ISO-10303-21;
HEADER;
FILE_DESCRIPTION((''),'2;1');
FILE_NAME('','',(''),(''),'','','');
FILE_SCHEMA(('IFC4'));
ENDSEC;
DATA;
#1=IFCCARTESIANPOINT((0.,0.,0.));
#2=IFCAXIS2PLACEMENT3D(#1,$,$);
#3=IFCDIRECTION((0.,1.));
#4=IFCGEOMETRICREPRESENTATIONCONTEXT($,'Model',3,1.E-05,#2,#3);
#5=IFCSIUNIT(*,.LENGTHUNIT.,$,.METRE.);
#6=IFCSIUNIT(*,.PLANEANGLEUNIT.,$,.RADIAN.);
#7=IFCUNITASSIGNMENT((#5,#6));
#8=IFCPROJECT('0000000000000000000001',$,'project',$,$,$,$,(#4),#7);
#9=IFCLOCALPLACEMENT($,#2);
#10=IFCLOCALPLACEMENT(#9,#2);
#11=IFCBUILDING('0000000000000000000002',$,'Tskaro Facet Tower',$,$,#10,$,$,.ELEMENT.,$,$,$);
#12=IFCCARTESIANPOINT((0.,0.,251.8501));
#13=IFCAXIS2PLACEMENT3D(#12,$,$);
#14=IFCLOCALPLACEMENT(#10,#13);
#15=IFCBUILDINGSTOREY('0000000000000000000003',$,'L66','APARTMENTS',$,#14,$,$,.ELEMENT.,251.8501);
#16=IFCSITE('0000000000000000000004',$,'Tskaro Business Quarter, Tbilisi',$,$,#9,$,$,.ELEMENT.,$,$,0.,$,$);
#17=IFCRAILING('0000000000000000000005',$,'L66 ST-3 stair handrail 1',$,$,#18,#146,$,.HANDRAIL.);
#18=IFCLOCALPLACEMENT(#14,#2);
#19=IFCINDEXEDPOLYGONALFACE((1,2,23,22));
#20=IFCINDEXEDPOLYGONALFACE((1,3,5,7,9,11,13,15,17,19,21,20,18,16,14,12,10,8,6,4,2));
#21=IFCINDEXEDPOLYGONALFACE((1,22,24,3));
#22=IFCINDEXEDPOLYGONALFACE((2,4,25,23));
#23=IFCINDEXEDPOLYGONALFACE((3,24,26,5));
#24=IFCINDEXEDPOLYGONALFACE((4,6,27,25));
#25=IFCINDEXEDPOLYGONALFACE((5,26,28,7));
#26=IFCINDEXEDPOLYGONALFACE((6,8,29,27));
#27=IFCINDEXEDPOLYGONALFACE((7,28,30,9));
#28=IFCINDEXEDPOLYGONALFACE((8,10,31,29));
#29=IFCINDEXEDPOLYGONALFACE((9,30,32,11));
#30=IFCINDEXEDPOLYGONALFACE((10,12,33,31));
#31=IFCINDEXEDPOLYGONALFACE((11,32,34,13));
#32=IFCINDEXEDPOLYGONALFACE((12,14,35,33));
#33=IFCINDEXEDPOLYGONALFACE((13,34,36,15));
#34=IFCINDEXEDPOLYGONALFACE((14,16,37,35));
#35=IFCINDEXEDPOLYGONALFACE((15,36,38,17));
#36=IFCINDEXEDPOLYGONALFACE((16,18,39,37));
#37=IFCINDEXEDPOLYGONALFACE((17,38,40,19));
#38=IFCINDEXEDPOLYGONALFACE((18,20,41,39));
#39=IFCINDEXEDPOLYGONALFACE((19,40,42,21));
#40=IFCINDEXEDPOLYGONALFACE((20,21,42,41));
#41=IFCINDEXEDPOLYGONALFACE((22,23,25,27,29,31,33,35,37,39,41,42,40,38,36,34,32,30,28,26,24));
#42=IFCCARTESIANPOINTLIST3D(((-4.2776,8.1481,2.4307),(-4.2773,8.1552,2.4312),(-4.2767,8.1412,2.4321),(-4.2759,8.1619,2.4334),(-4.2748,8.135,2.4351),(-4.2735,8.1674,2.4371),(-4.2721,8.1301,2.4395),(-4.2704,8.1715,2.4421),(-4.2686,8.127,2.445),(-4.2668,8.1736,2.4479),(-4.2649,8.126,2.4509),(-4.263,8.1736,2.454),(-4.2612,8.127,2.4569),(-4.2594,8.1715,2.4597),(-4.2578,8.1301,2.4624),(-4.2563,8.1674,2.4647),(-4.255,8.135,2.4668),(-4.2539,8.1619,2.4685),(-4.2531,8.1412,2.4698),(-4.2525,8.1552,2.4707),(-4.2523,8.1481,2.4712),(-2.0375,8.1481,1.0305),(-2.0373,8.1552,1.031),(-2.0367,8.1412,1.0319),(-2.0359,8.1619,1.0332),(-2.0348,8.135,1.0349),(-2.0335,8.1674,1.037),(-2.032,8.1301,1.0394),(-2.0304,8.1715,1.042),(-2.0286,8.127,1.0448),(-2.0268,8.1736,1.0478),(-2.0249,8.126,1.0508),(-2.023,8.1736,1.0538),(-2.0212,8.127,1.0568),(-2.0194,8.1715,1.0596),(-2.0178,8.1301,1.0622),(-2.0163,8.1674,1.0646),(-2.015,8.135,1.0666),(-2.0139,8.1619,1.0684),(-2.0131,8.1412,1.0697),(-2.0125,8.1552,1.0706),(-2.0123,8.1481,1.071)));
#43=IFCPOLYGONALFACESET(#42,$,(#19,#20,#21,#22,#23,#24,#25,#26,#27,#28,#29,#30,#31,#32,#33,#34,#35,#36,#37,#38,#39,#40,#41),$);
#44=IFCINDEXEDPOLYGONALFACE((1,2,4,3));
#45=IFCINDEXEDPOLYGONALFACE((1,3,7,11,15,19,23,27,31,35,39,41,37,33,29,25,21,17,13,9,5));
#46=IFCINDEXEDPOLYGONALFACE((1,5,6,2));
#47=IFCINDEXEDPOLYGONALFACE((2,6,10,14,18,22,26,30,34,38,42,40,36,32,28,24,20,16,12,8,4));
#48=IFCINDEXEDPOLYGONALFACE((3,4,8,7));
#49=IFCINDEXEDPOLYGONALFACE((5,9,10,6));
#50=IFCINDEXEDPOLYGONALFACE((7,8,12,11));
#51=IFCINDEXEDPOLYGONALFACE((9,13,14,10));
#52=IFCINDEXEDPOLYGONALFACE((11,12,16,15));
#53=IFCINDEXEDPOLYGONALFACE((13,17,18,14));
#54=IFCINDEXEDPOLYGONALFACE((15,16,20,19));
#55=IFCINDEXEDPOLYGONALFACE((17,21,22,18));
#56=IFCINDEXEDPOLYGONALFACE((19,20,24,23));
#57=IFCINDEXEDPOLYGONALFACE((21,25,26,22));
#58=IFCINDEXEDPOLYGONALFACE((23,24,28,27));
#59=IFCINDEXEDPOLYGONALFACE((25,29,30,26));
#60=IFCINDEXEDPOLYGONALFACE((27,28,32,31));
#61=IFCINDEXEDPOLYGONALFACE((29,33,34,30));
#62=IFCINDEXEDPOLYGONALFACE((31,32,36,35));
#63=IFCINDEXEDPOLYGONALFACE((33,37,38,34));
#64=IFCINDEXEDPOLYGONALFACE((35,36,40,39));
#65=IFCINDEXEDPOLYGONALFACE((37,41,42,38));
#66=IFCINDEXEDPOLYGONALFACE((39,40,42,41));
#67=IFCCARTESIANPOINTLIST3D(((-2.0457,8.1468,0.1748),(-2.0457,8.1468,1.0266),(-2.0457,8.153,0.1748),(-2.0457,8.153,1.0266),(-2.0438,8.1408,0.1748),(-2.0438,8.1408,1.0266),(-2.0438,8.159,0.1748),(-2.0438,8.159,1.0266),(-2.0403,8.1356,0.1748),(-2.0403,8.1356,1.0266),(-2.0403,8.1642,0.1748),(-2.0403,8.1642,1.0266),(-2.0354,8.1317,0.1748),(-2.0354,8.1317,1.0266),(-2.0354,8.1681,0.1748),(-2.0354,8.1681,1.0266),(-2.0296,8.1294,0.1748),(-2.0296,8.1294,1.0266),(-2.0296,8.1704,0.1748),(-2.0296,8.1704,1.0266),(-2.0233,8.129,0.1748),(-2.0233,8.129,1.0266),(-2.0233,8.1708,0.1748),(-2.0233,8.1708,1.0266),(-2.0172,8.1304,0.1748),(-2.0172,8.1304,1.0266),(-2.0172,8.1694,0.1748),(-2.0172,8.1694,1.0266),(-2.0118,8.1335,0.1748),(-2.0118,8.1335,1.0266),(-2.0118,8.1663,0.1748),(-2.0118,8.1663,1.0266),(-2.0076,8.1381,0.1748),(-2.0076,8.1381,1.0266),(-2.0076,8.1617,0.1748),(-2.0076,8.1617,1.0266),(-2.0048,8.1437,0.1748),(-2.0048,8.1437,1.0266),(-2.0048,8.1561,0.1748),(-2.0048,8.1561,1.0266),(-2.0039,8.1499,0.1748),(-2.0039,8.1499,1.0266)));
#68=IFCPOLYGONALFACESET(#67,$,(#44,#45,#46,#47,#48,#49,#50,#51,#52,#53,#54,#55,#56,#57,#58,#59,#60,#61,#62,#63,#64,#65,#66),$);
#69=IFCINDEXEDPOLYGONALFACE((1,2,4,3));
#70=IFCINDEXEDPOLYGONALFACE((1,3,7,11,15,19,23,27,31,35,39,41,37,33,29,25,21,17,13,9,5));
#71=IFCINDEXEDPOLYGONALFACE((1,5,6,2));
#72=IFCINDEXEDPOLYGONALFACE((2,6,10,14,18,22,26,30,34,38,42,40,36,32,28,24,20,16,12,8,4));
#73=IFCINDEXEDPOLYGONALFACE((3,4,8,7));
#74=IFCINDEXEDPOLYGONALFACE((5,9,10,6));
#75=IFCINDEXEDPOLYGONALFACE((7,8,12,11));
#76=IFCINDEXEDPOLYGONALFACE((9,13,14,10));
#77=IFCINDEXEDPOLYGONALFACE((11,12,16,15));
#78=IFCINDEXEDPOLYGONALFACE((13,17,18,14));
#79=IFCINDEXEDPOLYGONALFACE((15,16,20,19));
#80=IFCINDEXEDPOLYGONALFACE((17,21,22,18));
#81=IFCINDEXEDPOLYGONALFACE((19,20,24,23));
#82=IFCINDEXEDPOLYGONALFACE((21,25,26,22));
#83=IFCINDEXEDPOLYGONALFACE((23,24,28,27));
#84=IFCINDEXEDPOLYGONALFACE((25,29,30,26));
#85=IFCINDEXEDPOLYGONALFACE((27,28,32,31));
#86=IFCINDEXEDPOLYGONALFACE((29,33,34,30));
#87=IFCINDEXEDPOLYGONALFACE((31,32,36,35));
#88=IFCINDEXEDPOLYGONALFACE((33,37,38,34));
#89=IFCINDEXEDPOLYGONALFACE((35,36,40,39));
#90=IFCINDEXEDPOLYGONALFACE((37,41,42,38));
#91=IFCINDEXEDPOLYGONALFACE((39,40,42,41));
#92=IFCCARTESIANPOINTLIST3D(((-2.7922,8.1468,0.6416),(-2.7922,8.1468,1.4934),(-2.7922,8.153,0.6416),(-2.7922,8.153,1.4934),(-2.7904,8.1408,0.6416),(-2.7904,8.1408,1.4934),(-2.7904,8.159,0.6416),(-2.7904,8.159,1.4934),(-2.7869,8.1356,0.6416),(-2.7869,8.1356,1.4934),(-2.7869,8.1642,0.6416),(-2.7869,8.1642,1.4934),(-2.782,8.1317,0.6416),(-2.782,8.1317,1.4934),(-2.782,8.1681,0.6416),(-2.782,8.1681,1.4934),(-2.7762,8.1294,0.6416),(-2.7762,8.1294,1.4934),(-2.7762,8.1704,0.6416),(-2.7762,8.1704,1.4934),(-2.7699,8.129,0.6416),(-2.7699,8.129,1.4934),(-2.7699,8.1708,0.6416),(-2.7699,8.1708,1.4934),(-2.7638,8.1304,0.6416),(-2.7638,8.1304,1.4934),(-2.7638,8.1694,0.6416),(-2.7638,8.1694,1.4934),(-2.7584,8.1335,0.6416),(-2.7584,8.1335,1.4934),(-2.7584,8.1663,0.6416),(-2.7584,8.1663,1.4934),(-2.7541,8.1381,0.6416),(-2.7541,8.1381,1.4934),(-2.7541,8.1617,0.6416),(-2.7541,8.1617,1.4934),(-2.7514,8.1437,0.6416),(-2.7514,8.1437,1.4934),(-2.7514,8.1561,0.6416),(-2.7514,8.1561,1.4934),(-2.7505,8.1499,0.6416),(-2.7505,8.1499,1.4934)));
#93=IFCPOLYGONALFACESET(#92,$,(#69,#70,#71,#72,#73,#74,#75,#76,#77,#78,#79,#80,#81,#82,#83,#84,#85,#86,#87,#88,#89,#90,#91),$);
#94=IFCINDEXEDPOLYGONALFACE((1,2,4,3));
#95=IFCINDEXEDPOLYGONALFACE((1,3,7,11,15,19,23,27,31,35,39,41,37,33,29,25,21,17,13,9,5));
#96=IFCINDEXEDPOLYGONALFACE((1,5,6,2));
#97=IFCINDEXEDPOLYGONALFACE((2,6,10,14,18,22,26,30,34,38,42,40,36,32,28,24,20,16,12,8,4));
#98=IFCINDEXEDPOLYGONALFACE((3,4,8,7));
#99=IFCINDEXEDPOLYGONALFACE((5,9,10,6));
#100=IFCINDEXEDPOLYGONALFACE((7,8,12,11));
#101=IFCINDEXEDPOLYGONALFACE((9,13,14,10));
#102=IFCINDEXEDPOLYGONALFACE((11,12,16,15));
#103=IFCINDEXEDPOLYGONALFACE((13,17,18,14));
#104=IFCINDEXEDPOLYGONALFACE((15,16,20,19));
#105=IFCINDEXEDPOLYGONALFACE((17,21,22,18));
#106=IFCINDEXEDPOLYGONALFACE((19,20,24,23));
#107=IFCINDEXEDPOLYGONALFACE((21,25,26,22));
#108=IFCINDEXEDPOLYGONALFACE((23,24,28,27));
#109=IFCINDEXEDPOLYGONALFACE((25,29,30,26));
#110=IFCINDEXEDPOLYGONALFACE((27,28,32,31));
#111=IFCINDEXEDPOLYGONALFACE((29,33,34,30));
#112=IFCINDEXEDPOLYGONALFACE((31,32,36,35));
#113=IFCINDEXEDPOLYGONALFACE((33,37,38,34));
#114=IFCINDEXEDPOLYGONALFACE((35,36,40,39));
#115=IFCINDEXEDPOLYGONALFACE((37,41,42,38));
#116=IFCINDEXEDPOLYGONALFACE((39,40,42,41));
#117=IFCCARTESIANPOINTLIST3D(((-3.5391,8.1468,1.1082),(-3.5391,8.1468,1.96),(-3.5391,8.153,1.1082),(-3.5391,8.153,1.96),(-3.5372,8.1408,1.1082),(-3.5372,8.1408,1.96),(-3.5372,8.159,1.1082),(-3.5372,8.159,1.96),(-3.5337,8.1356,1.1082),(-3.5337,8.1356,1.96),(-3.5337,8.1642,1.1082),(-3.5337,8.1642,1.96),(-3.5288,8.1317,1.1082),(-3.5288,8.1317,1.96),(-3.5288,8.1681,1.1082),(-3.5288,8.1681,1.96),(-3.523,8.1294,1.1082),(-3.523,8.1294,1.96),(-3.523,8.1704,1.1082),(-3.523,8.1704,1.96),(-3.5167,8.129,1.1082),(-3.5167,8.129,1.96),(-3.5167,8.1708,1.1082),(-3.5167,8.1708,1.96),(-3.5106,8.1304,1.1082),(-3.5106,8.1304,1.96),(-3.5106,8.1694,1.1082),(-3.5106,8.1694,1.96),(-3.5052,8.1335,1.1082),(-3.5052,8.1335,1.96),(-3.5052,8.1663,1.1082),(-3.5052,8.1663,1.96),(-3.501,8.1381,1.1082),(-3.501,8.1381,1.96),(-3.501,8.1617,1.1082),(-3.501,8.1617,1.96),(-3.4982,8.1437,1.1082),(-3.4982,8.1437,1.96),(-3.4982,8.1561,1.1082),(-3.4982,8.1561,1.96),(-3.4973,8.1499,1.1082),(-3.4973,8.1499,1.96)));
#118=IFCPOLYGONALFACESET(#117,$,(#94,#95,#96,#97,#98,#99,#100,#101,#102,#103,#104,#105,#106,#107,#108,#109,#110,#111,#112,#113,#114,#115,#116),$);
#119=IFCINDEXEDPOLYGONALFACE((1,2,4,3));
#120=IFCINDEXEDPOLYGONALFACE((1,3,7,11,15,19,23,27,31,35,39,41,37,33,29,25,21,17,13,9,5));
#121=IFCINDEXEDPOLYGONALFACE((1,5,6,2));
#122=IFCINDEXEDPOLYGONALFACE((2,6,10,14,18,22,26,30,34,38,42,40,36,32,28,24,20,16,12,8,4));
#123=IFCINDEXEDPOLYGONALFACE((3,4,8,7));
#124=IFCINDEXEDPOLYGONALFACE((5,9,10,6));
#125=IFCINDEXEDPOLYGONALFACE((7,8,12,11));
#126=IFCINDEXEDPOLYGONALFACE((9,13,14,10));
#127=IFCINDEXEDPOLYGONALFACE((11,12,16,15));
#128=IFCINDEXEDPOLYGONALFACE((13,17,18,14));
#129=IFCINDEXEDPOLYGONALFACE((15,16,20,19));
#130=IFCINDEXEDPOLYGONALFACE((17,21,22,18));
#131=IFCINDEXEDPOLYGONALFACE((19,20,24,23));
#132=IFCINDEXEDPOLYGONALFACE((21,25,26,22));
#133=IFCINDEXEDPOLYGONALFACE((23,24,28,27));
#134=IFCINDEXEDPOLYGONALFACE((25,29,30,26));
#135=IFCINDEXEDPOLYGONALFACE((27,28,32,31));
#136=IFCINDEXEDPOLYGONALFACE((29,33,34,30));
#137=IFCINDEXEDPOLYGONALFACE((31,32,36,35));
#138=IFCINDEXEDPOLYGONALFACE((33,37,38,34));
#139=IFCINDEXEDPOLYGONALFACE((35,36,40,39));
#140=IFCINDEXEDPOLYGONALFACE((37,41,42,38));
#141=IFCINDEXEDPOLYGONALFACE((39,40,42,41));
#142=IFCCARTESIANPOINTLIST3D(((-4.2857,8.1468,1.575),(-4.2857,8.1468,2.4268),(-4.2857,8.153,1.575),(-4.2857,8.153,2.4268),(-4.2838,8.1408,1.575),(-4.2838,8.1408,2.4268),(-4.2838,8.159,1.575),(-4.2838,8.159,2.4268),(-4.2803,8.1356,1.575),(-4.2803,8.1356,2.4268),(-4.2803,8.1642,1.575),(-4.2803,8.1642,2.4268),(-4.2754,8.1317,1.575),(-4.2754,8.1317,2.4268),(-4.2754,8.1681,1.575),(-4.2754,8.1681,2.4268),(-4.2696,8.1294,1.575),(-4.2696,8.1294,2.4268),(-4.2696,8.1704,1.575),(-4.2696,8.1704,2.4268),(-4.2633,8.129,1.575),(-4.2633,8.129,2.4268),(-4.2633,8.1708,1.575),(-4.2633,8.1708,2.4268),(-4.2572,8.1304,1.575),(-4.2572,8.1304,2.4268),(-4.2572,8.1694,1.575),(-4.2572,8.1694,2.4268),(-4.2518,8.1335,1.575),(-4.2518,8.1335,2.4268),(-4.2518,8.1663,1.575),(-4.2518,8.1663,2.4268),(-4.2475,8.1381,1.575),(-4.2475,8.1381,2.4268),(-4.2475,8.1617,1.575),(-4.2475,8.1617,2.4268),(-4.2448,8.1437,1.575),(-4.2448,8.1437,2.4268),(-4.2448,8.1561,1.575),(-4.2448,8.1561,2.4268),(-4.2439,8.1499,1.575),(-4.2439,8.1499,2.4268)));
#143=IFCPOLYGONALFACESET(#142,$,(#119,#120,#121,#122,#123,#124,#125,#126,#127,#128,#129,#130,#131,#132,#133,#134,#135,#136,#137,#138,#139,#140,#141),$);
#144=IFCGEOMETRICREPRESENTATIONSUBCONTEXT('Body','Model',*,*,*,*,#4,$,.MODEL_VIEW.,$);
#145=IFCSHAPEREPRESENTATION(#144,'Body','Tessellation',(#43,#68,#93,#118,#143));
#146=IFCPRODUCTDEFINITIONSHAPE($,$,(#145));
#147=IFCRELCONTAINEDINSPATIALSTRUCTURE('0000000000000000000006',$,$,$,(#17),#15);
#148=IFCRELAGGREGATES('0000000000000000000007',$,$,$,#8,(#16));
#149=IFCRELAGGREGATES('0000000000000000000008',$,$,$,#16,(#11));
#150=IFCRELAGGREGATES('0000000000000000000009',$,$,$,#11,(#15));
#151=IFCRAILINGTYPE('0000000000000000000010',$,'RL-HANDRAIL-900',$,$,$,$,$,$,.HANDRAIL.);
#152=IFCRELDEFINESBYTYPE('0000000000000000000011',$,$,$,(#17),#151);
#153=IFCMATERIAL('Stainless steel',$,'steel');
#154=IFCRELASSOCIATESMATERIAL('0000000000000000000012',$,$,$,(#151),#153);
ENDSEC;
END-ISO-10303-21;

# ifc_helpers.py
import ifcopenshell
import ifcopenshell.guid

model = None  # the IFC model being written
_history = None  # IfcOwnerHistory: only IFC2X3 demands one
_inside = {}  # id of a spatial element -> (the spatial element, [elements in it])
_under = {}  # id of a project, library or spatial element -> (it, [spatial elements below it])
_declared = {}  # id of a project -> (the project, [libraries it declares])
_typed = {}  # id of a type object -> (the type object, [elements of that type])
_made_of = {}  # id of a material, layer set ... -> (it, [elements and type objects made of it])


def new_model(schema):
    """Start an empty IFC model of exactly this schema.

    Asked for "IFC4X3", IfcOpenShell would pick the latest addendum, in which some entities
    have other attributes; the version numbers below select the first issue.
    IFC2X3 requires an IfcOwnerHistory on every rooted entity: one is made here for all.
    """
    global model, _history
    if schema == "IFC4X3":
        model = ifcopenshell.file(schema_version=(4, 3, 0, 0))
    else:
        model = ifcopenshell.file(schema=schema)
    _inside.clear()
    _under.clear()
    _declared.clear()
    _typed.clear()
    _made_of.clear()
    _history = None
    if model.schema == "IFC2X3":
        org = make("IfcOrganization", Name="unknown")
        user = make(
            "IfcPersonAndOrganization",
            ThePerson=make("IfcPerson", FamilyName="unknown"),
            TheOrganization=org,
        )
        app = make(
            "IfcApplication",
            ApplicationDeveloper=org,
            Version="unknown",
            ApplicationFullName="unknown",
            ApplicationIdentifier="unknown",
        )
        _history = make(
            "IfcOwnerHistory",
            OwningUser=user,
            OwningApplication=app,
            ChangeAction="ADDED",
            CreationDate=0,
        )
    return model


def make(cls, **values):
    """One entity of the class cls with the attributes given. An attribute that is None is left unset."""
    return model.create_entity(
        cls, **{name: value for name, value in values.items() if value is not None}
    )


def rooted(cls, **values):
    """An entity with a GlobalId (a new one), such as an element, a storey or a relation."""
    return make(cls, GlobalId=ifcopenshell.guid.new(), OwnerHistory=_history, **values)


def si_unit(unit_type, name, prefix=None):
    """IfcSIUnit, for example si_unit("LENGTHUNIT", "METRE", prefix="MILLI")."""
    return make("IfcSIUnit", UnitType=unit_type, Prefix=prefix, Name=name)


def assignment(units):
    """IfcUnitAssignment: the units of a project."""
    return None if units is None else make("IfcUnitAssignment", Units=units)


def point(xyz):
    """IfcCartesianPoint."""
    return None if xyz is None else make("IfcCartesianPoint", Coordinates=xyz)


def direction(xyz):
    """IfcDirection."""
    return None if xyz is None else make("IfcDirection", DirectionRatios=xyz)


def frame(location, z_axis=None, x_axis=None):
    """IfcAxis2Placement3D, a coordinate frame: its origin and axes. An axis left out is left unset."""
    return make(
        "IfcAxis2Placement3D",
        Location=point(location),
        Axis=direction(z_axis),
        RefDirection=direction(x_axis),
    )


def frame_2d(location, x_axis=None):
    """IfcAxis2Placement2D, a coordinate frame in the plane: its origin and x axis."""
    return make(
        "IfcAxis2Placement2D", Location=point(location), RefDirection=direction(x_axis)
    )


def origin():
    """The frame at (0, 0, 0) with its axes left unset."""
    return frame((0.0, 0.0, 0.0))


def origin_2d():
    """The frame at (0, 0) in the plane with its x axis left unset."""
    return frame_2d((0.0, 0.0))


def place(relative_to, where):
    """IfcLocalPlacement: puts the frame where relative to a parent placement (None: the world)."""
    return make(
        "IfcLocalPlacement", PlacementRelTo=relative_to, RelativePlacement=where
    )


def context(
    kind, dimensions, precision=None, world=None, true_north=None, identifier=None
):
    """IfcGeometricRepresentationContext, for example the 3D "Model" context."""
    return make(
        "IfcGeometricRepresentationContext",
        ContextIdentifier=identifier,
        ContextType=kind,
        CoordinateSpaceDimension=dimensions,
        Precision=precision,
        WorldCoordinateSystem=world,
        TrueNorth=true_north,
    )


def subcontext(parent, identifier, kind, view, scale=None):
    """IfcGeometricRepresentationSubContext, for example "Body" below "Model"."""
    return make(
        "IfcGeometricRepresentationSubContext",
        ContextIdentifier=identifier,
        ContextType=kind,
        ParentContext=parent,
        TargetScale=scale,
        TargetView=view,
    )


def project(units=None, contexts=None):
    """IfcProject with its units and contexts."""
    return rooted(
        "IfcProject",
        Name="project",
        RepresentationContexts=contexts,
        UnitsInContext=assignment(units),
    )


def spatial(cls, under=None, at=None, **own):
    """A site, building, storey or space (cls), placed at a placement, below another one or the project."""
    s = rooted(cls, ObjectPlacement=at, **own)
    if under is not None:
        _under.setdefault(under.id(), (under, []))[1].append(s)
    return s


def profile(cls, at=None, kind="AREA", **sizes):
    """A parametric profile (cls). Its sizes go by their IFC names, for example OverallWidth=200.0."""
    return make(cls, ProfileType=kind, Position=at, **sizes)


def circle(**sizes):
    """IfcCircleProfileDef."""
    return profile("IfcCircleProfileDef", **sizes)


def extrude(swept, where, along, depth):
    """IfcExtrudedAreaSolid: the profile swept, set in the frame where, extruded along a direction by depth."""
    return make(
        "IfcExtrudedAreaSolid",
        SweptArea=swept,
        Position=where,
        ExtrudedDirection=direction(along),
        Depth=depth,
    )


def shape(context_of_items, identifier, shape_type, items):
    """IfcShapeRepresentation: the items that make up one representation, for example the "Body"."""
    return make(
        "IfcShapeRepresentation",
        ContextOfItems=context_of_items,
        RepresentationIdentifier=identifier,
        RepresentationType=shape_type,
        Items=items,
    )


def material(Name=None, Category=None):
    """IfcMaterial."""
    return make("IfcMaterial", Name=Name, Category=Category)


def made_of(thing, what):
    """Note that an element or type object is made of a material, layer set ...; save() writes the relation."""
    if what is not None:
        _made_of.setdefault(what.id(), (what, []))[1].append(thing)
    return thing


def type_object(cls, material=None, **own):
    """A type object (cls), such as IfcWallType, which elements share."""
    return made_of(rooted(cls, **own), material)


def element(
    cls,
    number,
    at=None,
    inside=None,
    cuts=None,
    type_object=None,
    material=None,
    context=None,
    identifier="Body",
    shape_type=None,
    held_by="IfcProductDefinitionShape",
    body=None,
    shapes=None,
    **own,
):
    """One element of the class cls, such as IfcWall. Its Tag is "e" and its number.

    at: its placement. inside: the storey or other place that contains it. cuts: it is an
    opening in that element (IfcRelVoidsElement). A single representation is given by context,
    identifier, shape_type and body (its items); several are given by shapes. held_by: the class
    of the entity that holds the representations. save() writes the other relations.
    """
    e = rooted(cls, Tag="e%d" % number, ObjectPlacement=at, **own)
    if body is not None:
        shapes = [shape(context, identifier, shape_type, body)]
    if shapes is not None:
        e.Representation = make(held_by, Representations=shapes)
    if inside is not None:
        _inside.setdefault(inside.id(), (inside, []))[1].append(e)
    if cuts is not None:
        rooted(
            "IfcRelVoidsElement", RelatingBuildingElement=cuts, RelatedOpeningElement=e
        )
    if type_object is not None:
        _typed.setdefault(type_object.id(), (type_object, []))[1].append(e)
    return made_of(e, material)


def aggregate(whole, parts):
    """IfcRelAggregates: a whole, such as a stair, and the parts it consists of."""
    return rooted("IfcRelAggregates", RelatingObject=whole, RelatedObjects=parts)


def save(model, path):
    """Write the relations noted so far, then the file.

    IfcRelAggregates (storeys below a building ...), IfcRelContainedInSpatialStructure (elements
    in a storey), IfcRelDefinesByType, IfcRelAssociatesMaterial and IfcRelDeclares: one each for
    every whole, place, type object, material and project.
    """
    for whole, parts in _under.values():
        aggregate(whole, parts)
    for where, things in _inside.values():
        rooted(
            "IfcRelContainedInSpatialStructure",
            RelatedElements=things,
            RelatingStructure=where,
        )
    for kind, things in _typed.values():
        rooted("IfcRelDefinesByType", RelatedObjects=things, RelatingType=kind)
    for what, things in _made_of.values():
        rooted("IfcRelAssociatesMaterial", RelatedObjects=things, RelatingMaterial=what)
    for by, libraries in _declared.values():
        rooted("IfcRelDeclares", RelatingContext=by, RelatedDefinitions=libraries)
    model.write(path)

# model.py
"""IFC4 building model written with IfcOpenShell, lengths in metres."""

from ifc_helpers import new_model, si_unit, direction, frame, origin, origin_2d, place, context, subcontext, project, spatial, circle, extrude, material, type_object, element, save


model = new_model("IFC4")

# Units and contexts
model_context = context("Model", 3, precision=1e-05, world=origin(), true_north=direction((0.0, 1.0)))
body_context = subcontext(model_context, "Body", "Model", "MODEL_VIEW")
ifc_project = project(units=[si_unit("LENGTHUNIT", "METRE"), si_unit("PLANEANGLEUNIT", "RADIAN")], contexts=[model_context])

# Site, building, storey
site_placement = place(None, origin())
site = spatial("IfcSite", under=ifc_project, at=site_placement, Name="Tskaro Business Quarter, Tbilisi", CompositionType="ELEMENT", RefElevation=0.0)
building_placement = place(site_placement, origin())
building = spatial("IfcBuilding", under=site, at=building_placement, Name="Tskaro Facet Tower", CompositionType="ELEMENT")
storey_placement = place(building_placement, frame((0.0, 0.0, 251.8501)))
storey = spatial("IfcBuildingStorey", under=building, at=storey_placement, Name="L66", Description="APARTMENTS", CompositionType="ELEMENT", Elevation=251.8501)

# Railing
ifc_material_1 = material(Name="Stainless steel", Category="steel")
railing_type_1 = type_object("IfcRailingType", Name="RL-HANDRAIL-900", PredefinedType="HANDRAIL", material=ifc_material_1)
railing_1_placement = place(storey_placement, frame((-2.0249, 8.1499, 0.1748)))
element("IfcRailing", 1, at=railing_1_placement, inside=storey, type_object=railing_type_1, Name="L66 ST-3 stair handrail 1", PredefinedType="HANDRAIL", context=body_context, shape_type="SweptSolid", body=[
    extrude(circle(Radius=0.0239, at=origin_2d()), frame((0.0, 0.0, 0.876), z_axis=(-0.847972, 0.0, 0.53004), x_axis=(0.0, -1.0, 0.0)), (0.0, 0.0, 1.0), 2.6416),
    extrude(circle(Radius=0.021, at=origin_2d()), origin(), (0.0, 0.0, 1.0), 0.8518),
    extrude(circle(Radius=0.021, at=origin_2d()), frame((-0.7466, 0.0, 0.4668)), (0.0, 0.0, 1.0), 0.8518),
    extrude(circle(Radius=0.021, at=origin_2d()), frame((-1.4934, 0.0, 0.9333)), (0.0, 0.0, 1.0), 0.8518),
    extrude(circle(Radius=0.021, at=origin_2d()), frame((-2.24, 0.0, 1.4001)), (0.0, 0.0, 1.0), 0.8518),
])

save(model, "model.ifc")
